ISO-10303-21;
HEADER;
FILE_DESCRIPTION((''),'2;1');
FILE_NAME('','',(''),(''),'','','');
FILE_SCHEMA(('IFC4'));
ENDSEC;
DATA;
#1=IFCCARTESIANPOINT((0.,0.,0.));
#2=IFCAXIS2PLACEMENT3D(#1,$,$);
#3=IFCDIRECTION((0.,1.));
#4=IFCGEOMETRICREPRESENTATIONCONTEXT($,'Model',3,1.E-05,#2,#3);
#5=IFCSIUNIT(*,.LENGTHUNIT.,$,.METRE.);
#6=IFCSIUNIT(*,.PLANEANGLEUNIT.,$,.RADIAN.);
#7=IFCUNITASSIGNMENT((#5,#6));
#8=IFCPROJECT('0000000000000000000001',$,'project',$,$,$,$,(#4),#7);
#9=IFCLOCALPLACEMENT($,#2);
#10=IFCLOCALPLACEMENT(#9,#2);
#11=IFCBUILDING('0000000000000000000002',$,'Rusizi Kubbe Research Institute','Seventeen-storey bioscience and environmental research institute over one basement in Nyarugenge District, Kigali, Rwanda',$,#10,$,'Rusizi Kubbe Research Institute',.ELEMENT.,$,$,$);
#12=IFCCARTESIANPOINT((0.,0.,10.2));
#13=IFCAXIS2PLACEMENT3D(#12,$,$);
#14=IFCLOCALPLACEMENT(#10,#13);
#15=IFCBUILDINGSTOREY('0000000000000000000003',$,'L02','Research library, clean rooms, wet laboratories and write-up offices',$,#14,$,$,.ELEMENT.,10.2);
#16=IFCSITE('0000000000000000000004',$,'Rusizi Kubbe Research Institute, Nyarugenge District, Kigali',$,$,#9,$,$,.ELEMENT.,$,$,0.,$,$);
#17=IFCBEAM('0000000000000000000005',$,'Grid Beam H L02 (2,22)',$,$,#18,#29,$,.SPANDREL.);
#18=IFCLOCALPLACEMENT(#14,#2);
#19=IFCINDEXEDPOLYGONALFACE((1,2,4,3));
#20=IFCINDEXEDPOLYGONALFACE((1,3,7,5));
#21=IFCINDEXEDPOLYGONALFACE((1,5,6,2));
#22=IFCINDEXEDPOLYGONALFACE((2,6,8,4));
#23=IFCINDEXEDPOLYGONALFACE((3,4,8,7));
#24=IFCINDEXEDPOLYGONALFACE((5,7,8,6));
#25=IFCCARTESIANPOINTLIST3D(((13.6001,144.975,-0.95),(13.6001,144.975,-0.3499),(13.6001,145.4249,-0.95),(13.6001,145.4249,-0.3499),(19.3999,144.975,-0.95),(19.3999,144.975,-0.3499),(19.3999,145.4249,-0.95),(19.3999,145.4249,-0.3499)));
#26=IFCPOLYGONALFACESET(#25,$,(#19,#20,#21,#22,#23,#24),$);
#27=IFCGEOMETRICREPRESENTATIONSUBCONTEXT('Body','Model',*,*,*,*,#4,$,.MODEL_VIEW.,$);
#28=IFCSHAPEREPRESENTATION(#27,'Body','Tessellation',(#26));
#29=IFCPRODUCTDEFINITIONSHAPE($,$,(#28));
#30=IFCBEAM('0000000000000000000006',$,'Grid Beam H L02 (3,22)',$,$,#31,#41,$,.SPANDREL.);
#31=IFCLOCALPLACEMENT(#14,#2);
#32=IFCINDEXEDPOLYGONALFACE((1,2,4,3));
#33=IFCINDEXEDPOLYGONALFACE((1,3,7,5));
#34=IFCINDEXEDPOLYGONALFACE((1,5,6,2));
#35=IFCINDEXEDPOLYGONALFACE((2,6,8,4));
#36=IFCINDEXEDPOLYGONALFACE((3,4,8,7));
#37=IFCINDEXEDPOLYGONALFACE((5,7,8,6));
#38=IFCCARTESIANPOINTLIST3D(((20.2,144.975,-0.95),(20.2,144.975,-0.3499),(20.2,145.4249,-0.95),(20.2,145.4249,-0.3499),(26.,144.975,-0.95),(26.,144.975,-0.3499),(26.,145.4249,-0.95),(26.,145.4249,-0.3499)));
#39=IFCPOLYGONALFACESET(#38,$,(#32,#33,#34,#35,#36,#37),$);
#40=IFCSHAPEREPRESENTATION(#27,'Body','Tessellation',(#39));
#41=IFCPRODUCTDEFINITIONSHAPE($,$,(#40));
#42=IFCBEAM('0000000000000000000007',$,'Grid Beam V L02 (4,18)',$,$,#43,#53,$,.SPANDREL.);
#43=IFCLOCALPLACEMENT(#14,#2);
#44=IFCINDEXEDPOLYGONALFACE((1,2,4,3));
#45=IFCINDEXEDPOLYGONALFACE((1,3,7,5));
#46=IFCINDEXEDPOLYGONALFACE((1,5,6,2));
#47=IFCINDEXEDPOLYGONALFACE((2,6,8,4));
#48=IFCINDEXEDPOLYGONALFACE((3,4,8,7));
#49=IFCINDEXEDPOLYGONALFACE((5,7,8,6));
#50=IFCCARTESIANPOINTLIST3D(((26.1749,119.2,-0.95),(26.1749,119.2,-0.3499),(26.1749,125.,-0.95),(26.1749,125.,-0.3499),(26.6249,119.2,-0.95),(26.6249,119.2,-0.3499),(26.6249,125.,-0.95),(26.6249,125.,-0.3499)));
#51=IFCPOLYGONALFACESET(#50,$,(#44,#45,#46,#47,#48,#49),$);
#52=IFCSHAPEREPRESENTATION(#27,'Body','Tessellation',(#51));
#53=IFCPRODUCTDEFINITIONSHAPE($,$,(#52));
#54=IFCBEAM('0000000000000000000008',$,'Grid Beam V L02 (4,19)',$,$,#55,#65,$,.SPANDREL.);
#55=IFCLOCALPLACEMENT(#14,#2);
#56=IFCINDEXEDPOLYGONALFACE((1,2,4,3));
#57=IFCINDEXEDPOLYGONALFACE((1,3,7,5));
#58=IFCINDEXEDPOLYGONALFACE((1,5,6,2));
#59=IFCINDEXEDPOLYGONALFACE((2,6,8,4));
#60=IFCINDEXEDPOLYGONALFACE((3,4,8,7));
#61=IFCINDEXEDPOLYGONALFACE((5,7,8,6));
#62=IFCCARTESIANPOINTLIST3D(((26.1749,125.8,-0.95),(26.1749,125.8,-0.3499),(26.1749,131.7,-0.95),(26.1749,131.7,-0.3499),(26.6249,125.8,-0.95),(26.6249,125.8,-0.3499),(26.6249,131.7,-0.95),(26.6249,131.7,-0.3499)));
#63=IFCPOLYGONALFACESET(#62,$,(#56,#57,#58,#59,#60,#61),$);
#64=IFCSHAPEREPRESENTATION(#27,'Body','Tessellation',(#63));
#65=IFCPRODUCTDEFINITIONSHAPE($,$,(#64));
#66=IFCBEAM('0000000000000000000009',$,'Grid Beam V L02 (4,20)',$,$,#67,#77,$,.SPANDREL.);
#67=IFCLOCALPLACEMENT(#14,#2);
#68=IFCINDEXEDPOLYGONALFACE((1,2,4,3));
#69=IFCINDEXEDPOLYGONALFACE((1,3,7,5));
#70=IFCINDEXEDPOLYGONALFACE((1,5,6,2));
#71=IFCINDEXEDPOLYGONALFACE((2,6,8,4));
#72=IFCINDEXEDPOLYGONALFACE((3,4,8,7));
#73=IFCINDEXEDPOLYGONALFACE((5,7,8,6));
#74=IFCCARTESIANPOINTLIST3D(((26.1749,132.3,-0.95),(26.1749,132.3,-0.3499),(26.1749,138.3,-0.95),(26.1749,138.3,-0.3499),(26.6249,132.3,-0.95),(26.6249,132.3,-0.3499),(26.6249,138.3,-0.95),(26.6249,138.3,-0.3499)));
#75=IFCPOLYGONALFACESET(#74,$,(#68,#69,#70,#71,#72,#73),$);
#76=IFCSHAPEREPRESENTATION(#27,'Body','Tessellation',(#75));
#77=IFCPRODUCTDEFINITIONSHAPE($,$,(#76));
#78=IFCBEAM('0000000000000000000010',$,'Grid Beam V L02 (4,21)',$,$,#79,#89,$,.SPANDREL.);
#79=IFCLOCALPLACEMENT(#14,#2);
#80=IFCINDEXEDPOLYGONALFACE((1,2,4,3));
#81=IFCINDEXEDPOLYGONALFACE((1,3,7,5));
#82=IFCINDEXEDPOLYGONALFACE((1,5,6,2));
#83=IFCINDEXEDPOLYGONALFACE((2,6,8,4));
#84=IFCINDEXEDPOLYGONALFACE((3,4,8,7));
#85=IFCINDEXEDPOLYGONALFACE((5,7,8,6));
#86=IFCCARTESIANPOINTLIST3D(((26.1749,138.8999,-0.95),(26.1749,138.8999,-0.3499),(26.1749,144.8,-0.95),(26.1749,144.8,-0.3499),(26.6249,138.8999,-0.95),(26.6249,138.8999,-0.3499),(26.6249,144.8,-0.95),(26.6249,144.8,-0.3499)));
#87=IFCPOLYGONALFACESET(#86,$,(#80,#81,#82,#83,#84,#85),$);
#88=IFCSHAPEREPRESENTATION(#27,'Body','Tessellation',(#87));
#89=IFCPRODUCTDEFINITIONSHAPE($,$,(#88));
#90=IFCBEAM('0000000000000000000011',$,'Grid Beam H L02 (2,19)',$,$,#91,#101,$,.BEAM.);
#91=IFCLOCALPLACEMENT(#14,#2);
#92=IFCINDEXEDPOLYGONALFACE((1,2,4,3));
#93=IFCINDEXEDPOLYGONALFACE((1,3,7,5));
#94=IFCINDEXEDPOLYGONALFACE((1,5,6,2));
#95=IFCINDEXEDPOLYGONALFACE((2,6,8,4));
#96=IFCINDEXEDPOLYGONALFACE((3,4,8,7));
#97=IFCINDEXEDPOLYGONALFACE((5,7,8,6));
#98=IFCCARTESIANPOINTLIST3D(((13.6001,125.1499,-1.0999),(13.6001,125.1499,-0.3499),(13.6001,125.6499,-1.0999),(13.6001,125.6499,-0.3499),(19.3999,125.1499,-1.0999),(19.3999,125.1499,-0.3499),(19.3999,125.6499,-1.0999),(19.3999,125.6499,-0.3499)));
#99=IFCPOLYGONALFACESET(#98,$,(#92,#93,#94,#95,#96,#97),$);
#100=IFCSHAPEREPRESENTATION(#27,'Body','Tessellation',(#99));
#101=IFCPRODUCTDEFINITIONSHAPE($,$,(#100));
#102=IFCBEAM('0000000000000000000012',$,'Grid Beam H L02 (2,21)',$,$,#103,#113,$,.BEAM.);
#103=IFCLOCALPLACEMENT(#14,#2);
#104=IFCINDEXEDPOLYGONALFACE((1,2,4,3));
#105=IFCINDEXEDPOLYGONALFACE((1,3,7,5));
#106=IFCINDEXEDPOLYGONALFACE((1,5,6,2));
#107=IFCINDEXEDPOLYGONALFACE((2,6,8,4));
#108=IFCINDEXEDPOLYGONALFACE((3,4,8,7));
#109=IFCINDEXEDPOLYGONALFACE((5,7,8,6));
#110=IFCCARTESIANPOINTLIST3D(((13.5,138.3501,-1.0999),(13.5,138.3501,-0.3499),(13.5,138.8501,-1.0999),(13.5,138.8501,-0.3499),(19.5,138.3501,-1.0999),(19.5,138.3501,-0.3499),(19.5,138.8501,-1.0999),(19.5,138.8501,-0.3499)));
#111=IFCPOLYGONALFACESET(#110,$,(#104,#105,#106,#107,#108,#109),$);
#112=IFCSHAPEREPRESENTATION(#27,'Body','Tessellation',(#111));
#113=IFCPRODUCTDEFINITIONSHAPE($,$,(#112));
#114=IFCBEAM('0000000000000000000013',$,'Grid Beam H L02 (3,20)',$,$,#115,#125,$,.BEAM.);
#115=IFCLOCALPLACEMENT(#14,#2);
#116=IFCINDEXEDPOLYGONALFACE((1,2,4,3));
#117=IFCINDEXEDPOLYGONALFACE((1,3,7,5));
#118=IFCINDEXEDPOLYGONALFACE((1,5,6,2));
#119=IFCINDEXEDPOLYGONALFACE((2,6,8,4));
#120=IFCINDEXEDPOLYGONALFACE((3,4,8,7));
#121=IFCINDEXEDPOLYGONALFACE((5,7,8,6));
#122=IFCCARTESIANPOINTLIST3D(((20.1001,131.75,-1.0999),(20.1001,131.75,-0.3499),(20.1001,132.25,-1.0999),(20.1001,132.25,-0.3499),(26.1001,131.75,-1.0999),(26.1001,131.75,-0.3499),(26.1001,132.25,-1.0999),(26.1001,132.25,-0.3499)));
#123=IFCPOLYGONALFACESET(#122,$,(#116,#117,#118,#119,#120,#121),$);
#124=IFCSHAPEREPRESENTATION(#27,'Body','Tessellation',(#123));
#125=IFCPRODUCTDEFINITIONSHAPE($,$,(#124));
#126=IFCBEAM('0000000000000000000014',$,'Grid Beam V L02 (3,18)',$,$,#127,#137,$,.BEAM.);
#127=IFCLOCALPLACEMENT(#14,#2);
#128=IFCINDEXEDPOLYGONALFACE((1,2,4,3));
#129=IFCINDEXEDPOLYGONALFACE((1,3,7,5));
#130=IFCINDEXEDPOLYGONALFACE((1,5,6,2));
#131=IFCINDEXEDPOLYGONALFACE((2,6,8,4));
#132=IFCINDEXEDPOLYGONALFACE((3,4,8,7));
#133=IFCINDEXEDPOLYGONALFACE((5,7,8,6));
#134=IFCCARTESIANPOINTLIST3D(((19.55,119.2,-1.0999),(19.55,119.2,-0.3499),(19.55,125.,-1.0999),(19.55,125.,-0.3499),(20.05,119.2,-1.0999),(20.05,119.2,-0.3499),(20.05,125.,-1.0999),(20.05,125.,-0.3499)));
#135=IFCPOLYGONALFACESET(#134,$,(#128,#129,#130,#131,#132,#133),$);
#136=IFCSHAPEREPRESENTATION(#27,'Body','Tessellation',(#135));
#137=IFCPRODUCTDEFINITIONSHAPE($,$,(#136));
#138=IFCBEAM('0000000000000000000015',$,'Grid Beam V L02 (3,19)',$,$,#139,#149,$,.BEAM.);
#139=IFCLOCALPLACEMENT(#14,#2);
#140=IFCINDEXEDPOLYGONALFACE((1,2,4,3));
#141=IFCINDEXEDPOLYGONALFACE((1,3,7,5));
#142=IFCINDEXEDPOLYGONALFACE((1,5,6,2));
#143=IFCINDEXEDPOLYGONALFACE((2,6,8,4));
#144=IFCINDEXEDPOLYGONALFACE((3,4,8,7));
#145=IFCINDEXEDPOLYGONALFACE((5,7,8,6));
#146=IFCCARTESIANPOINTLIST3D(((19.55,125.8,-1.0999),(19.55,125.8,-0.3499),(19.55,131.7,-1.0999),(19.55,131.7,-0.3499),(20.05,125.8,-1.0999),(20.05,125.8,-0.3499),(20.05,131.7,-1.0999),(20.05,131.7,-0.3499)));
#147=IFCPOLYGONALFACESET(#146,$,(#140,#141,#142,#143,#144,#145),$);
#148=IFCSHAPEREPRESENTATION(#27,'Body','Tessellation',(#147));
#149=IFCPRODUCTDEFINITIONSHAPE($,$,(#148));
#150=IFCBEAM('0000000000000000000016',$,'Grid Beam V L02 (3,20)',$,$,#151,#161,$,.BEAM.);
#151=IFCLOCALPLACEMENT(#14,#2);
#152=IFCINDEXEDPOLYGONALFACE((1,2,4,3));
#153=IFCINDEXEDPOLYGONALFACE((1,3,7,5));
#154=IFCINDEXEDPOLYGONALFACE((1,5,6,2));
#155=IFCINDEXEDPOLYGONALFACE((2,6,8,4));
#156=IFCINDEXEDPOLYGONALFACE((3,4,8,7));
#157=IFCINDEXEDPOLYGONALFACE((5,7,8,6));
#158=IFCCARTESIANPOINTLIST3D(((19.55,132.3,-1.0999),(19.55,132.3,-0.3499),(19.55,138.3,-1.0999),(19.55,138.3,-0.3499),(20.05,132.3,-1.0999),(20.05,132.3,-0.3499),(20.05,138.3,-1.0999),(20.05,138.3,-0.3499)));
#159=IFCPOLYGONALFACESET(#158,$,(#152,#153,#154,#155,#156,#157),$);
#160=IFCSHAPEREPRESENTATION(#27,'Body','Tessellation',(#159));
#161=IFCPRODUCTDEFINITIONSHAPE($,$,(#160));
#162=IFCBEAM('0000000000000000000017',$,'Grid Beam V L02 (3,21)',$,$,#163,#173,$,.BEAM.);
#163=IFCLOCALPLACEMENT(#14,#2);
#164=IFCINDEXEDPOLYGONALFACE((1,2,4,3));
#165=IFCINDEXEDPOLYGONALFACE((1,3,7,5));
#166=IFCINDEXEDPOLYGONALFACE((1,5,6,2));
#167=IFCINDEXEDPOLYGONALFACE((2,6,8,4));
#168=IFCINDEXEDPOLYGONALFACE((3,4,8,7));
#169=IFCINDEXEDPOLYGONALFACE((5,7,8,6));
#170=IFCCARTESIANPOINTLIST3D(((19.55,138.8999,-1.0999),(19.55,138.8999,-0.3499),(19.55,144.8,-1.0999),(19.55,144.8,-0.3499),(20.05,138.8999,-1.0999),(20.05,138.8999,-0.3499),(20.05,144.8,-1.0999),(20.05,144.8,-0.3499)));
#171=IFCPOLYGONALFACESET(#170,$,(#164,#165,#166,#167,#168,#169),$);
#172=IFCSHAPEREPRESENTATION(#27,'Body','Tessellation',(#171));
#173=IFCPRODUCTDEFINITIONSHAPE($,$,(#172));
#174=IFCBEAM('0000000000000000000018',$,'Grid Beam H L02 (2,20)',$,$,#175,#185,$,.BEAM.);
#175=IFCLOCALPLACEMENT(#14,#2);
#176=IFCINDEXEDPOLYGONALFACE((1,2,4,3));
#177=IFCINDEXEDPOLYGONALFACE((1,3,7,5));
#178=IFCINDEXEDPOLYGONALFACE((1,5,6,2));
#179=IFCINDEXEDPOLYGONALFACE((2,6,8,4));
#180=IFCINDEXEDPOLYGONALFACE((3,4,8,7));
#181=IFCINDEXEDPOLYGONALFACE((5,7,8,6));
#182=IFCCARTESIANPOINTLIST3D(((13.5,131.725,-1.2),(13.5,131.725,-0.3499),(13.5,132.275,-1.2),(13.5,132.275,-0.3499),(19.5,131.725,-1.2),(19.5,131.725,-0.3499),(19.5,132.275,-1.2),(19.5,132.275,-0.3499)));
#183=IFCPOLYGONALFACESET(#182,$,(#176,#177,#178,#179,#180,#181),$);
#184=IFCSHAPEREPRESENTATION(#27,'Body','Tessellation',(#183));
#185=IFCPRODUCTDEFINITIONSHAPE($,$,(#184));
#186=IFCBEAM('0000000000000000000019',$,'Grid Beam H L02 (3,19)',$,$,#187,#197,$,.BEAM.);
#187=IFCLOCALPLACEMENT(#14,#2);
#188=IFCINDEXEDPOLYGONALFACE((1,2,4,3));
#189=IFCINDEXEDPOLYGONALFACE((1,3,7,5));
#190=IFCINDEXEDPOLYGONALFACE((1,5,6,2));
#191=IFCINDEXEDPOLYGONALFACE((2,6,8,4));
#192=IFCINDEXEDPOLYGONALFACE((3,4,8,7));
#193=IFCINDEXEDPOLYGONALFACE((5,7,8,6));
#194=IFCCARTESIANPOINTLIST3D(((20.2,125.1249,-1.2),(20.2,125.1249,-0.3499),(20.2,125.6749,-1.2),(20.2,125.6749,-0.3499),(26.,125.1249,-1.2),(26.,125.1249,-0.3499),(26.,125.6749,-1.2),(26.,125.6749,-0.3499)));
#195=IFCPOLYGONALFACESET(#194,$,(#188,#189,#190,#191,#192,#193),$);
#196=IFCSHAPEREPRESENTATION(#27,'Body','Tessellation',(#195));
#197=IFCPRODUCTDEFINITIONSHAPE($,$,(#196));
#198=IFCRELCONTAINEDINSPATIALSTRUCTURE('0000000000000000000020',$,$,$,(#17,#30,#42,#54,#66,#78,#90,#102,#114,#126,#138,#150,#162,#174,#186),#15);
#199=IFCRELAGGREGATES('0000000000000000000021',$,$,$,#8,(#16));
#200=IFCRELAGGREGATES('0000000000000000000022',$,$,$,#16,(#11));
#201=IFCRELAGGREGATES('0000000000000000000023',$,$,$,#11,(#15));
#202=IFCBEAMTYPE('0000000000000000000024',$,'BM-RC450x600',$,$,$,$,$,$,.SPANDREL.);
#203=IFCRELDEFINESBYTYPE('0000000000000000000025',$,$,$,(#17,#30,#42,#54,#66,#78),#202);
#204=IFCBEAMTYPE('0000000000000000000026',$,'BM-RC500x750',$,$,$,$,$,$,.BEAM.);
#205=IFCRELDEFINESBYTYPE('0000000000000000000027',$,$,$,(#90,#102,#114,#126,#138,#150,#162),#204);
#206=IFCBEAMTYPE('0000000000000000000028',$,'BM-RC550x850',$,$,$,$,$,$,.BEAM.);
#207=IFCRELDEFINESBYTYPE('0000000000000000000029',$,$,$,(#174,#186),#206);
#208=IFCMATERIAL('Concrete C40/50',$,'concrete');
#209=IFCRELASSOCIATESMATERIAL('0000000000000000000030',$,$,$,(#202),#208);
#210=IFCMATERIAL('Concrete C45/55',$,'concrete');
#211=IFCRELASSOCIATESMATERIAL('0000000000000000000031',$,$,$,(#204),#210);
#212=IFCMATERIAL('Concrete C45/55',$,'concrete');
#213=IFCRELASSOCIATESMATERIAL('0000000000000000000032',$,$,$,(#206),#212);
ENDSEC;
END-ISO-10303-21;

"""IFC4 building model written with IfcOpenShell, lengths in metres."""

from ifc_helpers import new_model, si_unit, direction, frame, origin, origin_2d, place, context, subcontext, project, spatial, rectangle, extrude, material, material_profile, profile_set, type_object, element, save


model = new_model("IFC4")

# Units and contexts
model_context = context("Model", 3, precision=1e-05, world=origin(), true_north=direction((0.0, 1.0)))
body_context = subcontext(model_context, "Body", "Model", "MODEL_VIEW")
ifc_project = project(units=[si_unit("LENGTHUNIT", "METRE"), si_unit("PLANEANGLEUNIT", "RADIAN")], contexts=[model_context])

# Site, building, storey
site_placement = place(None, origin())
site = spatial("IfcSite", under=ifc_project, at=site_placement, Name="Rusizi Kubbe Research Institute, Nyarugenge District, Kigali", CompositionType="ELEMENT", RefElevation=0.0)
building_placement = place(site_placement, origin())
building = spatial("IfcBuilding", under=site, at=building_placement, Name="Rusizi Kubbe Research Institute", Description="Seventeen-storey bioscience and environmental research institute over one basement in Nyarugenge District, Kigali, Rwanda", LongName="Rusizi Kubbe Research Institute", CompositionType="ELEMENT")
storey_placement = place(building_placement, frame((0.0, 0.0, 10.2)))
storey = spatial("IfcBuildingStorey", under=building, at=storey_placement, Name="L02", Description="Research library, clean rooms, wet laboratories and write-up offices", CompositionType="ELEMENT", Elevation=10.2)

# Beams
ifc_material_1 = material(Name="Concrete C40/50", Category="concrete")
ifc_material_profile_1 = material_profile(ifc_material_1, rectangle(XDim=0.45, YDim=0.6001, at=origin_2d()), Name="RC450x600")
ifc_profile_set_1 = profile_set([ifc_material_profile_1], Name="Concrete C40/50")
beam_type_1 = type_object("IfcBeamType", Name="BM-RC450x600", PredefinedType="SPANDREL", material=ifc_profile_set_1)
beam_1_placement = place(storey_placement, frame((13.6001, 145.2, -0.6499), z_axis=(1.0, 0.0, 0.0), x_axis=(0.0, 1.0, 0.0)))
element("IfcBeam", 1, at=beam_1_placement, inside=storey, type_object=beam_type_1, Name="Grid Beam H L02 (2,22)", PredefinedType="SPANDREL", context=body_context, shape_type="SweptSolid", body=[
    extrude(rectangle(XDim=0.45, YDim=0.6001, at=origin_2d()), origin(), (0.0, 0.0, 1.0), 5.7998),
])
for number, where, z_axis, x_axis, name in (
    (2, (20.2, 145.2, -0.6499), (1.0, 0.0, 0.0), (0.0, 1.0, 0.0), "Grid Beam H L02 (3,22)"),
    (3, (26.3999, 119.2, -0.6499), (0.0, 1.0, 0.0), (-1.0, 0.0, 0.0), "Grid Beam V L02 (4,18)"),
):
    element("IfcBeam", number, at=place(storey_placement, frame(where, z_axis=z_axis, x_axis=x_axis)), inside=storey, type_object=beam_type_1, Name=name, PredefinedType="SPANDREL", context=body_context, shape_type="SweptSolid", body=[
        extrude(rectangle(XDim=0.45, YDim=0.6001, at=origin_2d()), origin(), (0.0, 0.0, 1.0), 5.8),
    ])
beam_2_placement = place(storey_placement, frame((26.3999, 125.8, -0.6499), z_axis=(0.0, 1.0, 0.0), x_axis=(-1.0, 0.0, 0.0)))
element("IfcBeam", 4, at=beam_2_placement, inside=storey, type_object=beam_type_1, Name="Grid Beam V L02 (4,19)", PredefinedType="SPANDREL", context=body_context, shape_type="SweptSolid", body=[
    extrude(rectangle(XDim=0.45, YDim=0.6001, at=origin_2d()), origin(), (0.0, 0.0, 1.0), 5.8999),
])
beam_3_placement = place(storey_placement, frame((26.3999, 132.3, -0.6499), z_axis=(0.0, 1.0, 0.0), x_axis=(-1.0, 0.0, 0.0)))
element("IfcBeam", 5, at=beam_3_placement, inside=storey, type_object=beam_type_1, Name="Grid Beam V L02 (4,20)", PredefinedType="SPANDREL", context=body_context, shape_type="SweptSolid", body=[
    extrude(rectangle(XDim=0.45, YDim=0.6001, at=origin_2d()), origin(), (0.0, 0.0, 1.0), 6.0),
])
beam_4_placement = place(storey_placement, frame((26.3999, 138.8999, -0.6499), z_axis=(0.0, 1.0, 0.0), x_axis=(-1.0, 0.0, 0.0)))
element("IfcBeam", 6, at=beam_4_placement, inside=storey, type_object=beam_type_1, Name="Grid Beam V L02 (4,21)", PredefinedType="SPANDREL", context=body_context, shape_type="SweptSolid", body=[
    extrude(rectangle(XDim=0.45, YDim=0.6001, at=origin_2d()), origin(), (0.0, 0.0, 1.0), 5.9001),
])
ifc_material_2 = material(Name="Concrete C45/55", Category="concrete")
ifc_material_profile_2 = material_profile(ifc_material_2, rectangle(XDim=0.5, YDim=0.75, at=origin_2d()), Name="RC500x750B")
ifc_profile_set_2 = profile_set([ifc_material_profile_2], Name="Concrete C45/55")
beam_type_2 = type_object("IfcBeamType", Name="BM-RC500x750", PredefinedType="BEAM", material=ifc_profile_set_2)
beam_5_placement = place(storey_placement, frame((13.6001, 125.3999, -0.7249), z_axis=(1.0, 0.0, 0.0), x_axis=(0.0, 1.0, 0.0)))
element("IfcBeam", 7, at=beam_5_placement, inside=storey, type_object=beam_type_2, Name="Grid Beam H L02 (2,19)", PredefinedType="BEAM", context=body_context, shape_type="SweptSolid", body=[
    extrude(rectangle(XDim=0.5, YDim=0.75, at=origin_2d()), origin(), (0.0, 0.0, 1.0), 5.7998),
])
for number, where, z_axis, x_axis, name in (
    (8, (13.5, 138.6001, -0.7249), (1.0, 0.0, 0.0), (0.0, 1.0, 0.0), "Grid Beam H L02 (2,21)"),
    (9, (20.1001, 132.0, -0.7249), (1.0, 0.0, 0.0), (0.0, 1.0, 0.0), "Grid Beam H L02 (3,20)"),
):
    element("IfcBeam", number, at=place(storey_placement, frame(where, z_axis=z_axis, x_axis=x_axis)), inside=storey, type_object=beam_type_2, Name=name, PredefinedType="BEAM", context=body_context, shape_type="SweptSolid", body=[
        extrude(rectangle(XDim=0.5, YDim=0.75, at=origin_2d()), origin(), (0.0, 0.0, 1.0), 6.0),
    ])
beam_6_placement = place(storey_placement, frame((19.8, 119.2, -0.7249), z_axis=(0.0, 1.0, 0.0), x_axis=(-1.0, 0.0, 0.0)))
element("IfcBeam", 10, at=beam_6_placement, inside=storey, type_object=beam_type_2, Name="Grid Beam V L02 (3,18)", PredefinedType="BEAM", context=body_context, shape_type="SweptSolid", body=[
    extrude(rectangle(XDim=0.5, YDim=0.75, at=origin_2d()), origin(), (0.0, 0.0, 1.0), 5.8),
])
beam_7_placement = place(storey_placement, frame((19.8, 125.8, -0.7249), z_axis=(0.0, 1.0, 0.0), x_axis=(-1.0, 0.0, 0.0)))
element("IfcBeam", 11, at=beam_7_placement, inside=storey, type_object=beam_type_2, Name="Grid Beam V L02 (3,19)", PredefinedType="BEAM", context=body_context, shape_type="SweptSolid", body=[
    extrude(rectangle(XDim=0.5, YDim=0.75, at=origin_2d()), origin(), (0.0, 0.0, 1.0), 5.8999),
])
beam_8_placement = place(storey_placement, frame((19.8, 132.3, -0.7249), z_axis=(0.0, 1.0, 0.0), x_axis=(-1.0, 0.0, 0.0)))
element("IfcBeam", 12, at=beam_8_placement, inside=storey, type_object=beam_type_2, Name="Grid Beam V L02 (3,20)", PredefinedType="BEAM", context=body_context, shape_type="SweptSolid", body=[
    extrude(rectangle(XDim=0.5, YDim=0.75, at=origin_2d()), origin(), (0.0, 0.0, 1.0), 6.0),
])
beam_9_placement = place(storey_placement, frame((19.8, 138.8999, -0.7249), z_axis=(0.0, 1.0, 0.0), x_axis=(-1.0, 0.0, 0.0)))
element("IfcBeam", 13, at=beam_9_placement, inside=storey, type_object=beam_type_2, Name="Grid Beam V L02 (3,21)", PredefinedType="BEAM", context=body_context, shape_type="SweptSolid", body=[
    extrude(rectangle(XDim=0.5, YDim=0.75, at=origin_2d()), origin(), (0.0, 0.0, 1.0), 5.9001),
])
ifc_material_3 = material(Name="Concrete C45/55", Category="concrete")
ifc_material_profile_3 = material_profile(ifc_material_3, rectangle(XDim=0.55, YDim=0.8501, at=origin_2d()), Name="RC550x850")
ifc_profile_set_3 = profile_set([ifc_material_profile_3], Name="Concrete C45/55")
beam_type_3 = type_object("IfcBeamType", Name="BM-RC550x850", PredefinedType="BEAM", material=ifc_profile_set_3)
beam_10_placement = place(storey_placement, frame((13.5, 132.0, -0.7749), z_axis=(1.0, 0.0, 0.0), x_axis=(0.0, 1.0, 0.0)))
element("IfcBeam", 14, at=beam_10_placement, inside=storey, type_object=beam_type_3, Name="Grid Beam H L02 (2,20)", PredefinedType="BEAM", context=body_context, shape_type="SweptSolid", body=[
    extrude(rectangle(XDim=0.55, YDim=0.8501, at=origin_2d()), origin(), (0.0, 0.0, 1.0), 6.0),
])
beam_11_placement = place(storey_placement, frame((20.2, 125.3999, -0.7749), z_axis=(1.0, 0.0, 0.0), x_axis=(0.0, 1.0, 0.0)))
element("IfcBeam", 15, at=beam_11_placement, inside=storey, type_object=beam_type_3, Name="Grid Beam H L02 (3,19)", PredefinedType="BEAM", context=body_context, shape_type="SweptSolid", body=[
    extrude(rectangle(XDim=0.55, YDim=0.8501, at=origin_2d()), origin(), (0.0, 0.0, 1.0), 5.8),
])

save(model, "model.ifc")
